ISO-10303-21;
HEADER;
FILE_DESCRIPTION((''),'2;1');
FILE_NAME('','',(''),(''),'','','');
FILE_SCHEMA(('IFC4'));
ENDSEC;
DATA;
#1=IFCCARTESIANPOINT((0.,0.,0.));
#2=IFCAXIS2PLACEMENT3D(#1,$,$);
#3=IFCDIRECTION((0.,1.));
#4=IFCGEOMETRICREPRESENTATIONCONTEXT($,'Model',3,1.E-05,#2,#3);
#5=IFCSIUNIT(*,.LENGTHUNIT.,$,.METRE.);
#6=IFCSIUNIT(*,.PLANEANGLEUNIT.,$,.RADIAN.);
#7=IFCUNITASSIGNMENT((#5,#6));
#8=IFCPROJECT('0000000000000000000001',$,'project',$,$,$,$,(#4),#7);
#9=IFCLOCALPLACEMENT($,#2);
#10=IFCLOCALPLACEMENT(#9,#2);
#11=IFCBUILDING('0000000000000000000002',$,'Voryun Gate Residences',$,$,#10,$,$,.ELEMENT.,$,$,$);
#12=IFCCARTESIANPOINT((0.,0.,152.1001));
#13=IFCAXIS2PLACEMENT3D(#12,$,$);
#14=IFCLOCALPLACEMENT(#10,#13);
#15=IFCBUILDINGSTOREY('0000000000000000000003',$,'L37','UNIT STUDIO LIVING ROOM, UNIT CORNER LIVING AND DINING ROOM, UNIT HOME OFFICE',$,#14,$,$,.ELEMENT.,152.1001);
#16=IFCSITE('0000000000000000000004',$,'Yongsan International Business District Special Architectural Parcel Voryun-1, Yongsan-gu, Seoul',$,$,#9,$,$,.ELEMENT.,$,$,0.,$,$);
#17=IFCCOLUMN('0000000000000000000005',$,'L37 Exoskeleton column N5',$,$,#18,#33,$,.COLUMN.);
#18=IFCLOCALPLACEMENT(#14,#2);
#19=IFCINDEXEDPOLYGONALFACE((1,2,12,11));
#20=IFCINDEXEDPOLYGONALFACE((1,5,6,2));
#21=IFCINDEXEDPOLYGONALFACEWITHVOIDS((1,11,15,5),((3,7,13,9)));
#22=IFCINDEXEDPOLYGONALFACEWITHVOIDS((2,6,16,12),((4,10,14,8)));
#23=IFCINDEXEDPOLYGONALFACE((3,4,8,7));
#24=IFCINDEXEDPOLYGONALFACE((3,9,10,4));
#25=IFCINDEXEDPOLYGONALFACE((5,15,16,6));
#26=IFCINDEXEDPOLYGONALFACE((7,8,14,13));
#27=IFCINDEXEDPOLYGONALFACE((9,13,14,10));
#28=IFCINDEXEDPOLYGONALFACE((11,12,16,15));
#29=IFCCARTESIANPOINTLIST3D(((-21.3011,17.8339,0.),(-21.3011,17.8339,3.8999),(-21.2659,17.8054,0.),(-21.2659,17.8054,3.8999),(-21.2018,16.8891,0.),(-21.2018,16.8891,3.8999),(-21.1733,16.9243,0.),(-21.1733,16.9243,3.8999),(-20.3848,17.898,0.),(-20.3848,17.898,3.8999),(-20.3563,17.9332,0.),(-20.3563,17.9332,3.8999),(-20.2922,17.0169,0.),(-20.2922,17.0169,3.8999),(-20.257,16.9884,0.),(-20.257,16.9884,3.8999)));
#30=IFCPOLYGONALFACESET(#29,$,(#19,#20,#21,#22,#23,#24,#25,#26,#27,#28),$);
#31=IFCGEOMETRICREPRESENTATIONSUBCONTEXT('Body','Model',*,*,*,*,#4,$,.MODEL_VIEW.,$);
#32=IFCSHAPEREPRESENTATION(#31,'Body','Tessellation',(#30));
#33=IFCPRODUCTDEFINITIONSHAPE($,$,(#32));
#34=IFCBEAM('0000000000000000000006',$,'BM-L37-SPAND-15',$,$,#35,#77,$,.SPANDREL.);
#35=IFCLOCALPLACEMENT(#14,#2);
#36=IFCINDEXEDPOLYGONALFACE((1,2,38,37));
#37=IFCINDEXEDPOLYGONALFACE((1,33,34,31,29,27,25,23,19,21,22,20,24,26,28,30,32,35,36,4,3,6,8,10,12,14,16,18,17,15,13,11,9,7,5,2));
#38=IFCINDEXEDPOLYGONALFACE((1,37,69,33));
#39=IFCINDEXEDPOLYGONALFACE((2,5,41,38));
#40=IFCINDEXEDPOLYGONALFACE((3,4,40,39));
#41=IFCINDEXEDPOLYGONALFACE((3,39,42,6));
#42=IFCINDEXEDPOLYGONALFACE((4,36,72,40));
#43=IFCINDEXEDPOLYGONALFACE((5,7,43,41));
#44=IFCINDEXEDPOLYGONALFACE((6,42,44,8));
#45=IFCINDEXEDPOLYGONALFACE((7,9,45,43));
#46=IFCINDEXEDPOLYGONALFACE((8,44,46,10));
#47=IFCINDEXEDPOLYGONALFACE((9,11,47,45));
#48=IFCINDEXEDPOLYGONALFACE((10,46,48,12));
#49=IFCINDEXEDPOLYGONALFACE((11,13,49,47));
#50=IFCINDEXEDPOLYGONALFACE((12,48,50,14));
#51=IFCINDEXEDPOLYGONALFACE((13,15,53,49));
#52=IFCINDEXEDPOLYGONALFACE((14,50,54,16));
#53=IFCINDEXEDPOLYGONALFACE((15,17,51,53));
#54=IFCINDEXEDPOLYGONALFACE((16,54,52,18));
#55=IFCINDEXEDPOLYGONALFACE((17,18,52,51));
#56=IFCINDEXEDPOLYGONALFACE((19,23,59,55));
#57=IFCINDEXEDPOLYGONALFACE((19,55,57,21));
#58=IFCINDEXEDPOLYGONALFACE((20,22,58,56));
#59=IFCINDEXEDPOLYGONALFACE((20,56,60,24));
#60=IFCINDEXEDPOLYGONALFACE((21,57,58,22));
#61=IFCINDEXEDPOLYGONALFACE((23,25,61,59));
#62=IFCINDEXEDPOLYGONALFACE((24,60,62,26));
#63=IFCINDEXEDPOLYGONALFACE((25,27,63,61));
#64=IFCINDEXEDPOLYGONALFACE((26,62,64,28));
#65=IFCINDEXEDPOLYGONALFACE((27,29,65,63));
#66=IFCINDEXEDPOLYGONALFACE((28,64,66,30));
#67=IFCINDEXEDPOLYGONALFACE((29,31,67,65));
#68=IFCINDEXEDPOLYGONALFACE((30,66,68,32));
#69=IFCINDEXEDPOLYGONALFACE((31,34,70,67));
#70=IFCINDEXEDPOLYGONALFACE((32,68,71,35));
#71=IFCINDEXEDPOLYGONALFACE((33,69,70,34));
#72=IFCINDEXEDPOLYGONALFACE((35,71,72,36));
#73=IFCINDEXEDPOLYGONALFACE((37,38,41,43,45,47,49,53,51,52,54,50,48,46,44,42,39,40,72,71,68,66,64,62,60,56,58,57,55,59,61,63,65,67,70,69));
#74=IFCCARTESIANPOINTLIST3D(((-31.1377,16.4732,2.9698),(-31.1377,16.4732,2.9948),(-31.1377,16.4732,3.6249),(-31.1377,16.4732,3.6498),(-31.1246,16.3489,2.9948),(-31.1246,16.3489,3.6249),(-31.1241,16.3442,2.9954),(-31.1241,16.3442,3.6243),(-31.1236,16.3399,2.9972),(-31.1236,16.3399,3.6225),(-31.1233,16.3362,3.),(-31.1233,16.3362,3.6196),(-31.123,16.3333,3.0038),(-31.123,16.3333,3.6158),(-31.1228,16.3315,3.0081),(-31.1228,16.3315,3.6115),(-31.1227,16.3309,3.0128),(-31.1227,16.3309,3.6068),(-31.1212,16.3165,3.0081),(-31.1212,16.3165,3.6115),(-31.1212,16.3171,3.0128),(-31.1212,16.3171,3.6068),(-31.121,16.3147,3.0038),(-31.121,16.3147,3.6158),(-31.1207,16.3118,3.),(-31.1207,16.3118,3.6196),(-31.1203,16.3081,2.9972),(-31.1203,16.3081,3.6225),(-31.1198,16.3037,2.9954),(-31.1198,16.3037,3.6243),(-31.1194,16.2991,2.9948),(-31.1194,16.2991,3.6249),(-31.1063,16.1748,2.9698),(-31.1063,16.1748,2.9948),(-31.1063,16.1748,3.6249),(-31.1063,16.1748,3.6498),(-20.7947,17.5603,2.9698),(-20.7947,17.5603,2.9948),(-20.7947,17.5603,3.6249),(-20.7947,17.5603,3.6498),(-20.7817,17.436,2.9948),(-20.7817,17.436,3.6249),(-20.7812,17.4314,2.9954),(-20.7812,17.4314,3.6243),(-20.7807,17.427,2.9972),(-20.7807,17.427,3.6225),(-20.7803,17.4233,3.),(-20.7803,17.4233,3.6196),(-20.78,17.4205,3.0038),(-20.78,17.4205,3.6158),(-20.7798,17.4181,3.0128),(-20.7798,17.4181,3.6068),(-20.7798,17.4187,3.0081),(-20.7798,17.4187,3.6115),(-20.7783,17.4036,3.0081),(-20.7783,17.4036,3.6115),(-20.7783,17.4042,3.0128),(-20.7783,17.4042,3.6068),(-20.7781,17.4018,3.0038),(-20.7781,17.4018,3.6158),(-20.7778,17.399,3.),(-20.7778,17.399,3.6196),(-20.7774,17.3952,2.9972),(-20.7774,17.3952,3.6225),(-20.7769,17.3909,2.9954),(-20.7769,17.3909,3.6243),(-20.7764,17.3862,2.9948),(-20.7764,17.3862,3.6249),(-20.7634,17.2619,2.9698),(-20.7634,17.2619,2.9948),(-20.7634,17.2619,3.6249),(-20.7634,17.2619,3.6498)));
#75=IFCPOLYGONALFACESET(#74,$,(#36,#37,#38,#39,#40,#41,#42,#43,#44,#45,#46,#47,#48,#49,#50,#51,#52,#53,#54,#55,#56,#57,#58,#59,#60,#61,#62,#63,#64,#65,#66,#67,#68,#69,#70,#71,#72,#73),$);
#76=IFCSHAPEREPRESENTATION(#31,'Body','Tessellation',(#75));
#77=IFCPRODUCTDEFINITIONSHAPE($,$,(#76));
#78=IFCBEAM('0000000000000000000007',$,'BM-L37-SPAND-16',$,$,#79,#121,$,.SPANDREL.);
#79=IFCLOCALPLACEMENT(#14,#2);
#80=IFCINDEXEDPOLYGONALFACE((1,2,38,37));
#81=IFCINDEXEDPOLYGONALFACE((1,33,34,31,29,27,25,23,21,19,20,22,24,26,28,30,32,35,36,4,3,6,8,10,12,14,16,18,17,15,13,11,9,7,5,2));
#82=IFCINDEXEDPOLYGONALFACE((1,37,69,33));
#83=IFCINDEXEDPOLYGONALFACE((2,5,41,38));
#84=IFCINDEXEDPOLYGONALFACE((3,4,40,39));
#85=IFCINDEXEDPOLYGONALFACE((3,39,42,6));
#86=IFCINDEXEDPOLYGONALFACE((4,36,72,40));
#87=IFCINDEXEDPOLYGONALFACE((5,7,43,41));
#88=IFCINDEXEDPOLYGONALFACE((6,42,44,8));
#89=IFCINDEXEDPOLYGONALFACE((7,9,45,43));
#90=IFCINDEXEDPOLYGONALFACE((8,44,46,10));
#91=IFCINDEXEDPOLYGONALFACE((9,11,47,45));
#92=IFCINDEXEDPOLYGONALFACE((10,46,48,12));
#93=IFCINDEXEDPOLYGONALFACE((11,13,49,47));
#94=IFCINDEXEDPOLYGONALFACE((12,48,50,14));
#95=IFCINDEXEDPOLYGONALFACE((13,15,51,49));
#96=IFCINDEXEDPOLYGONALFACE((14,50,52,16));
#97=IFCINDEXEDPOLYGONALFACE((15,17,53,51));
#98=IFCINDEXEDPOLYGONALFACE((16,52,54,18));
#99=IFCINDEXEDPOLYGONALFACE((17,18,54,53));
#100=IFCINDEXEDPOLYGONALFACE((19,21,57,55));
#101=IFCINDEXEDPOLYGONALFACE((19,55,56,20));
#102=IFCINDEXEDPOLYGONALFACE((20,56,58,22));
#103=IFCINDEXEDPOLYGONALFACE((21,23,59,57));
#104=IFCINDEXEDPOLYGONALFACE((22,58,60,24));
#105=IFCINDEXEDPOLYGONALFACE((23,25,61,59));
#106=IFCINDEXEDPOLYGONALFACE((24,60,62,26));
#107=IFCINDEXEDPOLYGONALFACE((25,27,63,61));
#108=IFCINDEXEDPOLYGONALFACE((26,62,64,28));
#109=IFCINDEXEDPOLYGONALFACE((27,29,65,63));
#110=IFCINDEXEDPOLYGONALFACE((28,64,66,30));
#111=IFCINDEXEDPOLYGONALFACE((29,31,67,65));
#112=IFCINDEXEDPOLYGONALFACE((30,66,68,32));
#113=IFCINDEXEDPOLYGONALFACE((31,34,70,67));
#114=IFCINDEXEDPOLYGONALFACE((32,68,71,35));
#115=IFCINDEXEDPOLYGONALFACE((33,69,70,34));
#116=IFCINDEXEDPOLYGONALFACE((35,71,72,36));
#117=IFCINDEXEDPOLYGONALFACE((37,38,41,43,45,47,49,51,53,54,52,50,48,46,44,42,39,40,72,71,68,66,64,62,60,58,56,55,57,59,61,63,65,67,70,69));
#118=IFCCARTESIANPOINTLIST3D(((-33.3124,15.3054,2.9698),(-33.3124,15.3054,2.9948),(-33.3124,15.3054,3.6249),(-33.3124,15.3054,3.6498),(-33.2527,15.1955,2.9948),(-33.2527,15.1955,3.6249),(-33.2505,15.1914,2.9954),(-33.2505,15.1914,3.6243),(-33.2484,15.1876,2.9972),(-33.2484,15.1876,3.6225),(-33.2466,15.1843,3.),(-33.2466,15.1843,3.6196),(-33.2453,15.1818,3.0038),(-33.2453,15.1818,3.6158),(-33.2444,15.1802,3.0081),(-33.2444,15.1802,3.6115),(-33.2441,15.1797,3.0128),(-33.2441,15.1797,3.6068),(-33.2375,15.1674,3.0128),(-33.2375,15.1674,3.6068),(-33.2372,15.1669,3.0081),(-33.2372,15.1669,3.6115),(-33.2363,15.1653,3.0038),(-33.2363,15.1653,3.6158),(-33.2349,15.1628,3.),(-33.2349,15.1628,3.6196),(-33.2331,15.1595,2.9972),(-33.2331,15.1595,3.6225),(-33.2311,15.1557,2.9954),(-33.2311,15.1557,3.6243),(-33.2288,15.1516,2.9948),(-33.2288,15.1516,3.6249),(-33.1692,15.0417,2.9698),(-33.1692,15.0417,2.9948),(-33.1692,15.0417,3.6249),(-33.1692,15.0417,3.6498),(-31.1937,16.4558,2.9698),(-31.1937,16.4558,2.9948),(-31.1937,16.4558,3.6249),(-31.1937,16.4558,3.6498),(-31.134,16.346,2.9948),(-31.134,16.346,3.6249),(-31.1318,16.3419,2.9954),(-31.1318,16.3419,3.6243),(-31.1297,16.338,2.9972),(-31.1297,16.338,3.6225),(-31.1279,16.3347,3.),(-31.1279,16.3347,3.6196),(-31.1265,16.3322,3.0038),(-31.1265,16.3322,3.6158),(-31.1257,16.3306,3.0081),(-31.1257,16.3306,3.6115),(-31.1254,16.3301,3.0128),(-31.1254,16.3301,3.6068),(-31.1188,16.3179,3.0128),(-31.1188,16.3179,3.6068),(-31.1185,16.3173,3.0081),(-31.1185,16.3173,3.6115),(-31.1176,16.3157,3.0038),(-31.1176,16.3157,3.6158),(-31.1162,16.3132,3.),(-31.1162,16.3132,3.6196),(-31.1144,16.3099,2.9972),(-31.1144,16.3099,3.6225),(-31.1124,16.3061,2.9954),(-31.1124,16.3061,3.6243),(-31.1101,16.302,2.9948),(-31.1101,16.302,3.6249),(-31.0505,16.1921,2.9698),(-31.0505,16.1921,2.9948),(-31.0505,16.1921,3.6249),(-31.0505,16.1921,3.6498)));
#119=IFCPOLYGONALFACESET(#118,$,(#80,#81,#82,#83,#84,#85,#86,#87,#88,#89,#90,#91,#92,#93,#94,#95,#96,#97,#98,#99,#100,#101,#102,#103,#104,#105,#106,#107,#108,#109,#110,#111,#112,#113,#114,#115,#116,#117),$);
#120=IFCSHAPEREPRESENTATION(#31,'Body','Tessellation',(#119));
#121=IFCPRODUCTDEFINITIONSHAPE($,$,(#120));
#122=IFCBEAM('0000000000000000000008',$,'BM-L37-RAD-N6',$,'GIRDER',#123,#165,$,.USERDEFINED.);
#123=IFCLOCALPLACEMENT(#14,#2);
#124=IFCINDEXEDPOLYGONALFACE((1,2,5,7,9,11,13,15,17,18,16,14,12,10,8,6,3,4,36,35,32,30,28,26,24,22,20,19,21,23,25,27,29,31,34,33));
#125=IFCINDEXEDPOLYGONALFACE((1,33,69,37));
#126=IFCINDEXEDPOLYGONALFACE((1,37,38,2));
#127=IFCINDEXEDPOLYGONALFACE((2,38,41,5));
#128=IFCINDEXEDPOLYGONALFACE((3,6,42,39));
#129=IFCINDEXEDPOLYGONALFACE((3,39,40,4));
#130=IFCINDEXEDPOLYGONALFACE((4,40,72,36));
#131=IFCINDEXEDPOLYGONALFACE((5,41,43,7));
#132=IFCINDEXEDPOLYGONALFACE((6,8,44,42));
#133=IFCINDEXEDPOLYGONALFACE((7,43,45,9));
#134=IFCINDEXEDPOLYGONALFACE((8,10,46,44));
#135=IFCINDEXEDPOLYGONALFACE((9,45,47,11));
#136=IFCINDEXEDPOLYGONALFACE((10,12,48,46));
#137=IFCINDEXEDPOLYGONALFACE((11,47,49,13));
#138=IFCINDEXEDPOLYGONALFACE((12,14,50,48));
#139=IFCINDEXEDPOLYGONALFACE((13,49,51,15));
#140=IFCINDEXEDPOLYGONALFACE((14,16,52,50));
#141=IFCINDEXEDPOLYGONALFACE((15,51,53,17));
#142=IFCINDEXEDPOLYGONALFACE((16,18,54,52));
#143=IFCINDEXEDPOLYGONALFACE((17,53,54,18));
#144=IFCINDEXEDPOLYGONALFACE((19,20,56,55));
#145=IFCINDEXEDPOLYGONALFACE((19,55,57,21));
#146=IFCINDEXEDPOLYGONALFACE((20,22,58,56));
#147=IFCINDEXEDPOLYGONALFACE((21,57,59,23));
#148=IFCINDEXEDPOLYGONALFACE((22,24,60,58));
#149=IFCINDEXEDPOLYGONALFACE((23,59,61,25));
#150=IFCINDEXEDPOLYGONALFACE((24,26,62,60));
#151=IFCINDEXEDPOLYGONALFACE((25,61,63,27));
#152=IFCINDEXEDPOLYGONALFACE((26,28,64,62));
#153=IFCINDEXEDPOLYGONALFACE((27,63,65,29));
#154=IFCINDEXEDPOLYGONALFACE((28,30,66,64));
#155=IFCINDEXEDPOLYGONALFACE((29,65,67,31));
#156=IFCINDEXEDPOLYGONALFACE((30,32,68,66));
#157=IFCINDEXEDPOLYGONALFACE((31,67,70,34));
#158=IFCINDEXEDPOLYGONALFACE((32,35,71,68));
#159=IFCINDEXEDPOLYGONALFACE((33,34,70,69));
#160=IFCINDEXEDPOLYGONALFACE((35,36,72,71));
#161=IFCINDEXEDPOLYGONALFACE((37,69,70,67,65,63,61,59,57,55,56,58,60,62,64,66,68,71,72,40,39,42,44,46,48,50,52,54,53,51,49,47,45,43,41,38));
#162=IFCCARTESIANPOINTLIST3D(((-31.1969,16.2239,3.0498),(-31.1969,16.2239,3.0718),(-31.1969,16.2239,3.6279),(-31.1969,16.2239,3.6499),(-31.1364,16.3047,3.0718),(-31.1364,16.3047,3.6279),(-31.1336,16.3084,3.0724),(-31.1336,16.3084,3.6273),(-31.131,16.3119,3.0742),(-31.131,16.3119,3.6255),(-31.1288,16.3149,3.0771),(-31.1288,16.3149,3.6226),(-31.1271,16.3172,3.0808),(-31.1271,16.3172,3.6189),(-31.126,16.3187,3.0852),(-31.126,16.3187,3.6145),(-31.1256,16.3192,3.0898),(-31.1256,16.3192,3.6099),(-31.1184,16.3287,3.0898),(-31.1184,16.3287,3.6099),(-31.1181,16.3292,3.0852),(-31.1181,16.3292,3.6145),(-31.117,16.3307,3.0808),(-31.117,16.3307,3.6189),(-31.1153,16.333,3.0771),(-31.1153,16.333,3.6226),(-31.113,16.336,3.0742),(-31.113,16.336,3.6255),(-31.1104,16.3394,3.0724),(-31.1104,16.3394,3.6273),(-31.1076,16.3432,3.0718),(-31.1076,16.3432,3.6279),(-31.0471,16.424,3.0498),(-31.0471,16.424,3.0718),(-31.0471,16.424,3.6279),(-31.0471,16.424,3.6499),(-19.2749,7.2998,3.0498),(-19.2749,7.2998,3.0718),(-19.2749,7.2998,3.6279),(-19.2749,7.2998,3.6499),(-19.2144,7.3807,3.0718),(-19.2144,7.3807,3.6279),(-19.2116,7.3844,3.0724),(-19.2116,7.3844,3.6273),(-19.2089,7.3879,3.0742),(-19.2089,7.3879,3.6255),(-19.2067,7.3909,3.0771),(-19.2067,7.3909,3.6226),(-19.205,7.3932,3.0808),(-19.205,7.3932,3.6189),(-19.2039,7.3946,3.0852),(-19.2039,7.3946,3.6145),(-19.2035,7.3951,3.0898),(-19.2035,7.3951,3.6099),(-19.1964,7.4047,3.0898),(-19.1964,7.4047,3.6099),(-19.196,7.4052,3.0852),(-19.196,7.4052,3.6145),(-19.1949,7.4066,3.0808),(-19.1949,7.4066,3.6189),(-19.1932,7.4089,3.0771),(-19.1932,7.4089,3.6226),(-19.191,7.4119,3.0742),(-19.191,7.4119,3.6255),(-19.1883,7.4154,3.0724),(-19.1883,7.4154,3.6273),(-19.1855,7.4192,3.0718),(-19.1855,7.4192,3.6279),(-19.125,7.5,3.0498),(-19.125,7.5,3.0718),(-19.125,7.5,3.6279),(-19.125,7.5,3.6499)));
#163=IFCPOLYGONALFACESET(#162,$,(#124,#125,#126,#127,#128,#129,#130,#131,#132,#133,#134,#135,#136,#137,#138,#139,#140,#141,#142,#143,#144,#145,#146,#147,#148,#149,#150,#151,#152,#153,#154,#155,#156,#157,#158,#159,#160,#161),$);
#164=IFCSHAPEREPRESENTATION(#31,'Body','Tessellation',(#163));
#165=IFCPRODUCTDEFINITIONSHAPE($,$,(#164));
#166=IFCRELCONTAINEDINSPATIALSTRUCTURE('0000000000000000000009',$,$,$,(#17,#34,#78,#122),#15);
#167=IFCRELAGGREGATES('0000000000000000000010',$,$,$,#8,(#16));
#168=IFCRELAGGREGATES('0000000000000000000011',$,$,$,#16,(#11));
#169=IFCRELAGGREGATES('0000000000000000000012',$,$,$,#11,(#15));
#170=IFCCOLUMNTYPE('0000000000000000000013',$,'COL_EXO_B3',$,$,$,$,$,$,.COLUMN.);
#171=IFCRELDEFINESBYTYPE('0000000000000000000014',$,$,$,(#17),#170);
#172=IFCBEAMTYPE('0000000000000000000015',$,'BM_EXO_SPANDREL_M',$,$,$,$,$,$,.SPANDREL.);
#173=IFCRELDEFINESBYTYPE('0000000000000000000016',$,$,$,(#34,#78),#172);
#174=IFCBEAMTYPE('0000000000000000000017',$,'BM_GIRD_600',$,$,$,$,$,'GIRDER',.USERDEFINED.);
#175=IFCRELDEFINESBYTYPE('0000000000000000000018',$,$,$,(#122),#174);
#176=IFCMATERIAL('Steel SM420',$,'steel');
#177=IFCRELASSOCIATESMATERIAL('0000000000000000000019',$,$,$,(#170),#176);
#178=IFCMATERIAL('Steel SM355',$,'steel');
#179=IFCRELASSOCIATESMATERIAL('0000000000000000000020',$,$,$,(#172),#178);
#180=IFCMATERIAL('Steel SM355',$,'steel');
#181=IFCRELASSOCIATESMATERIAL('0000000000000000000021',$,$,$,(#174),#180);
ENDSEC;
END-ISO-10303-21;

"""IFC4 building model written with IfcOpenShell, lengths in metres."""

from ifc_helpers import new_model, si_unit, direction, frame, origin, origin_2d, place, context, subcontext, project, spatial, hollow_rectangle, i_section, extrude, material, material_profile, profile_set, type_object, element, save


model = new_model("IFC4")

# Units and contexts
model_context = context("Model", 3, precision=1e-05, world=origin(), true_north=direction((0.0, 1.0)))
body_context = subcontext(model_context, "Body", "Model", "MODEL_VIEW")
ifc_project = project(units=[si_unit("LENGTHUNIT", "METRE"), si_unit("PLANEANGLEUNIT", "RADIAN")], contexts=[model_context])

# Site, building, storey
site_placement = place(None, origin())
site = spatial("IfcSite", under=ifc_project, at=site_placement, Name="Yongsan International Business District Special Architectural Parcel Voryun-1, Yongsan-gu, Seoul", CompositionType="ELEMENT", RefElevation=0.0)
building_placement = place(site_placement, origin())
building = spatial("IfcBuilding", under=site, at=building_placement, Name="Voryun Gate Residences", CompositionType="ELEMENT")
storey_placement = place(building_placement, frame((0.0, 0.0, 152.1001)))
storey = spatial("IfcBuildingStorey", under=building, at=storey_placement, Name="L37", Description="UNIT STUDIO LIVING ROOM, UNIT CORNER LIVING AND DINING ROOM, UNIT HOME OFFICE", CompositionType="ELEMENT", Elevation=152.1001)

# Column
ifc_material_1 = material(Name="Steel SM420", Category="steel")
ifc_material_profile_1 = material_profile(ifc_material_1, hollow_rectangle(XDim=0.95, YDim=0.95, WallThickness=0.032, at=origin_2d()), Name="BOX-950x950x32")
ifc_profile_set_1 = profile_set([ifc_material_profile_1], Name="Steel SM420")
column_type = type_object("IfcColumnType", Name="COL_EXO_B3", PredefinedType="COLUMN", material=ifc_profile_set_1)
column_placement = place(storey_placement, frame((-20.7791, 17.4111, 0.0), z_axis=(0.0, 0.0, 1.0), x_axis=(0.994522, 0.104528, 0.0)))
element("IfcColumn", 1, at=column_placement, inside=storey, type_object=column_type, Name="L37 Exoskeleton column N5", PredefinedType="COLUMN", context=body_context, shape_type="SweptSolid", body=[
    extrude(hollow_rectangle(XDim=0.95, YDim=0.95, WallThickness=0.032, at=origin_2d()), origin(), (0.0, 0.0, 1.0), 3.8999),
])

# Beams
ifc_material_2 = material(Name="Steel SM355", Category="steel")
ifc_material_profile_2 = material_profile(ifc_material_2, i_section(OverallWidth=0.3, OverallDepth=0.6799, WebThickness=0.0139, FlangeThickness=0.0249, FilletRadius=0.0181, at=origin_2d()), Name="H-680x300x14x25")
ifc_profile_set_2 = profile_set([ifc_material_profile_2], Name="Steel SM355")
beam_type_1 = type_object("IfcBeamType", Name="BM_EXO_SPANDREL_M", PredefinedType="SPANDREL", material=ifc_profile_set_2)
beam_1_placement = place(storey_placement, frame((-20.7791, 17.4111, 3.3098), z_axis=(-0.994521, -0.104534, 0.0), x_axis=(0.104534, -0.994521, 0.0)))
element("IfcBeam", 2, at=beam_1_placement, inside=storey, type_object=beam_type_1, Name="BM-L37-SPAND-15", PredefinedType="SPANDREL", context=body_context, shape_type="SweptSolid", body=[
    extrude(i_section(OverallWidth=0.3, OverallDepth=0.6799, WebThickness=0.0139, FlangeThickness=0.0249, FilletRadius=0.0181, at=origin_2d()), origin(), (0.0, 0.0, 1.0), 10.3999),
])
beam_2_placement = place(storey_placement, frame((-31.1221, 16.324, 3.3098), z_axis=(-0.878807, -0.477177, 0.0), x_axis=(0.477177, -0.878807, 0.0)))
element("IfcBeam", 3, at=beam_2_placement, inside=storey, type_object=beam_type_1, Name="BM-L37-SPAND-16", PredefinedType="SPANDREL", context=body_context, shape_type="SweptSolid", body=[
    extrude(i_section(OverallWidth=0.3, OverallDepth=0.6799, WebThickness=0.0139, FlangeThickness=0.0249, FilletRadius=0.0181, at=origin_2d()), origin(), (0.0, 0.0, 1.0), 2.4109),
])
ifc_material_3 = material(Name="Steel SM355", Category="steel")
ifc_material_profile_3 = material_profile(ifc_material_3, i_section(OverallWidth=0.25, OverallDepth=0.6001, WebThickness=0.012, FlangeThickness=0.022, FilletRadius=0.0181, at=origin_2d()), Name="H-600x250x12x22")
ifc_profile_set_3 = profile_set([ifc_material_profile_3], Name="Steel SM355")
beam_type_2 = type_object("IfcBeamType", Name="BM_GIRD_600", ElementType="GIRDER", PredefinedType="USERDEFINED", material=ifc_profile_set_3)
beam_3_placement = place(storey_placement, frame((-19.2, 7.3999, 3.3499), z_axis=(-0.800564, 0.599247, 0.0), x_axis=(-0.599247, -0.800564, 0.0)))
element("IfcBeam", 4, at=beam_3_placement, inside=storey, type_object=beam_type_2, Name="BM-L37-RAD-N6", ObjectType="GIRDER", PredefinedType="USERDEFINED", context=body_context, shape_type="SweptSolid", body=[
    extrude(i_section(OverallWidth=0.25, OverallDepth=0.6001, WebThickness=0.012, FlangeThickness=0.022, FilletRadius=0.0181, at=origin_2d()), origin(), (0.0, 0.0, 1.0), 14.8921),
])

save(model, "model.ifc")
